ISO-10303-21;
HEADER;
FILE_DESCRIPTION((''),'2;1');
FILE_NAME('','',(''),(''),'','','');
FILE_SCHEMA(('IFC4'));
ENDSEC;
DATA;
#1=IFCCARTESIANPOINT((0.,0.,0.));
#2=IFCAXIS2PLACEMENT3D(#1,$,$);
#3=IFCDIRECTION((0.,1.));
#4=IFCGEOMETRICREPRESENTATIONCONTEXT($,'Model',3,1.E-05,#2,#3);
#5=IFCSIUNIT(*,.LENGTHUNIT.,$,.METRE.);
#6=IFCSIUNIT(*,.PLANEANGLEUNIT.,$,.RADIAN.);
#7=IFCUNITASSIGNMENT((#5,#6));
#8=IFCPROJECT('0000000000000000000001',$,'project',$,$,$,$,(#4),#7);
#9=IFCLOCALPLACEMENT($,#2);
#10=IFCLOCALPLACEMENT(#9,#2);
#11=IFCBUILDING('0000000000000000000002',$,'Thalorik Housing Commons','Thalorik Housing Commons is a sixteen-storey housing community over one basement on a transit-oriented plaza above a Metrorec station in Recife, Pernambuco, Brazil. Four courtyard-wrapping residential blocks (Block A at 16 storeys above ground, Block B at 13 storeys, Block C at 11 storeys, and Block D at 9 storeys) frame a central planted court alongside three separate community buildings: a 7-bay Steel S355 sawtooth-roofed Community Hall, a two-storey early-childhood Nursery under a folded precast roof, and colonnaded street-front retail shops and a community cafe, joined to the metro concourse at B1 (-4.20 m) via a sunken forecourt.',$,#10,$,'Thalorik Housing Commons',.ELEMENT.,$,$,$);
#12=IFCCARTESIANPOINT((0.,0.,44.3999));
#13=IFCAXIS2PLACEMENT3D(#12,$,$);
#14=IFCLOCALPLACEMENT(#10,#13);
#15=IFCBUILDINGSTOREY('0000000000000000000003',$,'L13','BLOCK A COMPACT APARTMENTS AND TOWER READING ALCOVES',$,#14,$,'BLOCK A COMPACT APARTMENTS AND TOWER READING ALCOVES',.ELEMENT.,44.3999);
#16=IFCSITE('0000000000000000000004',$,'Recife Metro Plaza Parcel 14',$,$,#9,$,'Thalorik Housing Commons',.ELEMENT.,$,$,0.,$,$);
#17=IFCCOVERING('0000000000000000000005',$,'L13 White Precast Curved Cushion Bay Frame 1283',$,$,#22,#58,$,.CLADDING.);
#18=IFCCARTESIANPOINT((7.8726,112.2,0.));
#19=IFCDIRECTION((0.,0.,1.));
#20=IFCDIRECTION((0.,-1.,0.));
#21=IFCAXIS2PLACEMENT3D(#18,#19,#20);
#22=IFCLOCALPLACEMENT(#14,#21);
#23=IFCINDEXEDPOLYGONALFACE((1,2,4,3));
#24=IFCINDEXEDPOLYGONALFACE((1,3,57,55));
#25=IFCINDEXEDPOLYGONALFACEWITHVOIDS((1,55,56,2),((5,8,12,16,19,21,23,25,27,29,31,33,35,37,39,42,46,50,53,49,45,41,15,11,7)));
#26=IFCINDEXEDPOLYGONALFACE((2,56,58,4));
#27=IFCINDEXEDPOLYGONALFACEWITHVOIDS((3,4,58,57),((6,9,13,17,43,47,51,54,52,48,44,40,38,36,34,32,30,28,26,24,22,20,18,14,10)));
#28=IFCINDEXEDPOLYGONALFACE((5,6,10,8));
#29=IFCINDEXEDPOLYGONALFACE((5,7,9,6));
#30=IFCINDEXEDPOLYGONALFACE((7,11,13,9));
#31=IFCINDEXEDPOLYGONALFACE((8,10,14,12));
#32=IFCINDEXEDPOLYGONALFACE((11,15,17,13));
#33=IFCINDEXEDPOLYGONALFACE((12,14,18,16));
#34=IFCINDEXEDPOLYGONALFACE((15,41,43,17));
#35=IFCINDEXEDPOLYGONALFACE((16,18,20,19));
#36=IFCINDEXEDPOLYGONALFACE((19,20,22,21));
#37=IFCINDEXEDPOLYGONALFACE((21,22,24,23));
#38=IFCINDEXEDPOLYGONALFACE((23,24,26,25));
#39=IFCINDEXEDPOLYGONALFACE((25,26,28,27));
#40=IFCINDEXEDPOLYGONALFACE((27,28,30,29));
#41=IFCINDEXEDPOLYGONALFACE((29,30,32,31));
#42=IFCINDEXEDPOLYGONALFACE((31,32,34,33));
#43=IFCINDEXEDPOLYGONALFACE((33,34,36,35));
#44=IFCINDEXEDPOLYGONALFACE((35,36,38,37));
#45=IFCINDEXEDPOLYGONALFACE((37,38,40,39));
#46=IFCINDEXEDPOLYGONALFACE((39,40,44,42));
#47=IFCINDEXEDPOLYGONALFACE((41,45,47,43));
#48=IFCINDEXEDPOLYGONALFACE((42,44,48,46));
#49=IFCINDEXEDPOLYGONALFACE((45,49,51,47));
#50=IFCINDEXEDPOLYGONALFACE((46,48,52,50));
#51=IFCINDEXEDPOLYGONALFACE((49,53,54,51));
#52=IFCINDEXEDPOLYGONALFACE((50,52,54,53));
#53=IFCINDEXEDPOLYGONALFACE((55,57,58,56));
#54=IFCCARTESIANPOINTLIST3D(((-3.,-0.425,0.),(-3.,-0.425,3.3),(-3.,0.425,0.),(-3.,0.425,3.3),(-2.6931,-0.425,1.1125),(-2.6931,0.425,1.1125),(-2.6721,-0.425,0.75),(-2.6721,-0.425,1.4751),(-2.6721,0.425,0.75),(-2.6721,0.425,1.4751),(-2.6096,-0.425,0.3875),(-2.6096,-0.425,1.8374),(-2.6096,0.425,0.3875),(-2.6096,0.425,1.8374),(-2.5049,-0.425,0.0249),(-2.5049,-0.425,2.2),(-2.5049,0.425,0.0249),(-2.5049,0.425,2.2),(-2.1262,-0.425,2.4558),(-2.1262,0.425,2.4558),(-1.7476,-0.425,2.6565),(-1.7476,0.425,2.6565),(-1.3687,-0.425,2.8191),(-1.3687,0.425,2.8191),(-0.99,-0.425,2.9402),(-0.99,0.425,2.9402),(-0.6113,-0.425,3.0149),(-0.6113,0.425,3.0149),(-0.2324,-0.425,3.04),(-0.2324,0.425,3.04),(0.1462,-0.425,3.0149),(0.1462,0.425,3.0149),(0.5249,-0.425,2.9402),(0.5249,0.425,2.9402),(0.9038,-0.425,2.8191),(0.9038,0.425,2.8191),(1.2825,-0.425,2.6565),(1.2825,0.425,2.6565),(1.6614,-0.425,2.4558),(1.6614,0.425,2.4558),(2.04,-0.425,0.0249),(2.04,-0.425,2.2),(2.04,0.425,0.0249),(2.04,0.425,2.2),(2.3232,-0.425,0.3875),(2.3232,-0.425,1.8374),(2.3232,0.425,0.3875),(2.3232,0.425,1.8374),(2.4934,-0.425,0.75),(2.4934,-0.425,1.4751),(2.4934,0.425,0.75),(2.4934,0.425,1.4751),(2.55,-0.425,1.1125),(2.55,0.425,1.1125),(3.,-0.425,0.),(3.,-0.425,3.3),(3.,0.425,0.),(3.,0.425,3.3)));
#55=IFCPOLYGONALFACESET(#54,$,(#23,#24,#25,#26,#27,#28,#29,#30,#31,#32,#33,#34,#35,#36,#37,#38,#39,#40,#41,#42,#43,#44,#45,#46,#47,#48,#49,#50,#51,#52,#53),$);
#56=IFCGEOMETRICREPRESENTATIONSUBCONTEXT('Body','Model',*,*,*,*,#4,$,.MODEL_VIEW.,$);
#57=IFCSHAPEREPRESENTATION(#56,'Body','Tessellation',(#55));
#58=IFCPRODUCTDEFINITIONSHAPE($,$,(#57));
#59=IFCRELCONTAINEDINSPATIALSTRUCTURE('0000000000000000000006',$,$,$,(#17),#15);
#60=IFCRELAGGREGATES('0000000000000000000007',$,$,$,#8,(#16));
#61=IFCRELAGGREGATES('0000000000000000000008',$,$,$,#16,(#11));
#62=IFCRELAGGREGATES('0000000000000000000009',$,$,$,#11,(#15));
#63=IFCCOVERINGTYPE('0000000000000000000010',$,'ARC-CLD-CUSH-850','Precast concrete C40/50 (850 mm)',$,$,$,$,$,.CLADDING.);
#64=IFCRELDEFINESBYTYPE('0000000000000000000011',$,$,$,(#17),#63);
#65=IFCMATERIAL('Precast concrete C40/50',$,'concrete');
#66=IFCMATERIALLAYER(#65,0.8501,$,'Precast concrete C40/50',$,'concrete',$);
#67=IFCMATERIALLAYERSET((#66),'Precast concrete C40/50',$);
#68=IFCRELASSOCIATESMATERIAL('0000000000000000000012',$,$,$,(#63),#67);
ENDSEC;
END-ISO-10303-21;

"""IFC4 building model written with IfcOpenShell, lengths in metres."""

from ifc_helpers import new_model, si_unit, direction, frame, origin, place, context, subcontext, project, spatial, polyline, outline, extrude, material, layer, layer_set, type_object, element, save


model = new_model("IFC4")

# Units and contexts
model_context = context("Model", 3, precision=1e-05, world=origin(), true_north=direction((0.0, 1.0)))
body_context = subcontext(model_context, "Body", "Model", "MODEL_VIEW")
ifc_project = project(units=[si_unit("LENGTHUNIT", "METRE"), si_unit("PLANEANGLEUNIT", "RADIAN")], contexts=[model_context])

# Site, building, storey
site_placement = place(None, origin())
site = spatial("IfcSite", under=ifc_project, at=site_placement, Name="Recife Metro Plaza Parcel 14", LongName="Thalorik Housing Commons", CompositionType="ELEMENT", RefElevation=0.0)
building_placement = place(site_placement, origin())
building = spatial("IfcBuilding", under=site, at=building_placement, Name="Thalorik Housing Commons", Description="Thalorik Housing Commons is a sixteen-storey housing community over one basement on a transit-oriented plaza above a Metrorec station in Recife, Pernambuco, Brazil. Four courtyard-wrapping residential blocks (Block A at 16 storeys above ground, Block B at 13 storeys, Block C at 11 storeys, and Block D at 9 storeys) frame a central planted court alongside three separate community buildings: a 7-bay Steel S355 sawtooth-roofed Community Hall, a two-storey early-childhood Nursery under a folded precast roof, and colonnaded street-front retail shops and a community cafe, joined to the metro concourse at B1 (-4.20 m) via a sunken forecourt.", LongName="Thalorik Housing Commons", CompositionType="ELEMENT")
storey_placement = place(building_placement, frame((0.0, 0.0, 44.3999)))
storey = spatial("IfcBuildingStorey", under=building, at=storey_placement, Name="L13", Description="BLOCK A COMPACT APARTMENTS AND TOWER READING ALCOVES", LongName="BLOCK A COMPACT APARTMENTS AND TOWER READING ALCOVES", CompositionType="ELEMENT", Elevation=44.3999)

# Shared definitions
ifc_material_1 = material(Name="Precast concrete C40/50", Category="concrete")

# Covering
ifc_layer_1 = layer(ifc_material_1, 0.8501, Name="Precast concrete C40/50", Category="concrete")
ifc_layer_set_1 = layer_set([ifc_layer_1], Name="Precast concrete C40/50")
covering_type_1 = type_object("IfcCoveringType", Name="ARC-CLD-CUSH-850", Description="Precast concrete C40/50 (850 mm)", PredefinedType="CLADDING", material=ifc_layer_set_1)
covering_1_placement = place(storey_placement, frame((7.8726, 112.2, 0.0), z_axis=(0.0, 0.0, 1.0), x_axis=(0.0, -1.0, 0.0)))
element("IfcCovering", 1, at=covering_1_placement, inside=storey, type_object=covering_type_1, Name="L13 White Precast Curved Cushion Bay Frame 1283", PredefinedType="CLADDING", context=body_context, shape_type="SweptSolid", body=[
    extrude(outline(polyline([(-3.0, 0.0), (3.0, 0.0), (3.0, 3.3), (-3.0, 3.3), (-3.0, 0.0)]), holes=[polyline([(2.04, 0.0249), (2.3232, 0.3875), (2.4934, 0.75), (2.55, 1.1125), (2.4934, 1.4751), (2.3232, 1.8374), (2.04, 2.2), (1.6614, 2.4558), (1.2825, 2.6565), (0.9038, 2.8191), (0.5249, 2.9402), (0.1462, 3.0149), (-0.2324, 3.04), (-0.6113, 3.0149), (-0.99, 2.9402), (-1.3687, 2.8191), (-1.7476, 2.6565), (-2.1262, 2.4558), (-2.5049, 2.2), (-2.6096, 1.8374), (-2.6721, 1.4751), (-2.6931, 1.1125), (-2.6721, 0.75), (-2.6096, 0.3875), (-2.5049, 0.0249), (2.04, 0.0249)])]), frame((0.0, 0.425, 0.0), z_axis=(0.0, -1.0, 0.0), x_axis=(1.0, 0.0, 0.0)), (0.0, 0.0, 1.0), 0.8501),
])

save(model, "model.ifc")
